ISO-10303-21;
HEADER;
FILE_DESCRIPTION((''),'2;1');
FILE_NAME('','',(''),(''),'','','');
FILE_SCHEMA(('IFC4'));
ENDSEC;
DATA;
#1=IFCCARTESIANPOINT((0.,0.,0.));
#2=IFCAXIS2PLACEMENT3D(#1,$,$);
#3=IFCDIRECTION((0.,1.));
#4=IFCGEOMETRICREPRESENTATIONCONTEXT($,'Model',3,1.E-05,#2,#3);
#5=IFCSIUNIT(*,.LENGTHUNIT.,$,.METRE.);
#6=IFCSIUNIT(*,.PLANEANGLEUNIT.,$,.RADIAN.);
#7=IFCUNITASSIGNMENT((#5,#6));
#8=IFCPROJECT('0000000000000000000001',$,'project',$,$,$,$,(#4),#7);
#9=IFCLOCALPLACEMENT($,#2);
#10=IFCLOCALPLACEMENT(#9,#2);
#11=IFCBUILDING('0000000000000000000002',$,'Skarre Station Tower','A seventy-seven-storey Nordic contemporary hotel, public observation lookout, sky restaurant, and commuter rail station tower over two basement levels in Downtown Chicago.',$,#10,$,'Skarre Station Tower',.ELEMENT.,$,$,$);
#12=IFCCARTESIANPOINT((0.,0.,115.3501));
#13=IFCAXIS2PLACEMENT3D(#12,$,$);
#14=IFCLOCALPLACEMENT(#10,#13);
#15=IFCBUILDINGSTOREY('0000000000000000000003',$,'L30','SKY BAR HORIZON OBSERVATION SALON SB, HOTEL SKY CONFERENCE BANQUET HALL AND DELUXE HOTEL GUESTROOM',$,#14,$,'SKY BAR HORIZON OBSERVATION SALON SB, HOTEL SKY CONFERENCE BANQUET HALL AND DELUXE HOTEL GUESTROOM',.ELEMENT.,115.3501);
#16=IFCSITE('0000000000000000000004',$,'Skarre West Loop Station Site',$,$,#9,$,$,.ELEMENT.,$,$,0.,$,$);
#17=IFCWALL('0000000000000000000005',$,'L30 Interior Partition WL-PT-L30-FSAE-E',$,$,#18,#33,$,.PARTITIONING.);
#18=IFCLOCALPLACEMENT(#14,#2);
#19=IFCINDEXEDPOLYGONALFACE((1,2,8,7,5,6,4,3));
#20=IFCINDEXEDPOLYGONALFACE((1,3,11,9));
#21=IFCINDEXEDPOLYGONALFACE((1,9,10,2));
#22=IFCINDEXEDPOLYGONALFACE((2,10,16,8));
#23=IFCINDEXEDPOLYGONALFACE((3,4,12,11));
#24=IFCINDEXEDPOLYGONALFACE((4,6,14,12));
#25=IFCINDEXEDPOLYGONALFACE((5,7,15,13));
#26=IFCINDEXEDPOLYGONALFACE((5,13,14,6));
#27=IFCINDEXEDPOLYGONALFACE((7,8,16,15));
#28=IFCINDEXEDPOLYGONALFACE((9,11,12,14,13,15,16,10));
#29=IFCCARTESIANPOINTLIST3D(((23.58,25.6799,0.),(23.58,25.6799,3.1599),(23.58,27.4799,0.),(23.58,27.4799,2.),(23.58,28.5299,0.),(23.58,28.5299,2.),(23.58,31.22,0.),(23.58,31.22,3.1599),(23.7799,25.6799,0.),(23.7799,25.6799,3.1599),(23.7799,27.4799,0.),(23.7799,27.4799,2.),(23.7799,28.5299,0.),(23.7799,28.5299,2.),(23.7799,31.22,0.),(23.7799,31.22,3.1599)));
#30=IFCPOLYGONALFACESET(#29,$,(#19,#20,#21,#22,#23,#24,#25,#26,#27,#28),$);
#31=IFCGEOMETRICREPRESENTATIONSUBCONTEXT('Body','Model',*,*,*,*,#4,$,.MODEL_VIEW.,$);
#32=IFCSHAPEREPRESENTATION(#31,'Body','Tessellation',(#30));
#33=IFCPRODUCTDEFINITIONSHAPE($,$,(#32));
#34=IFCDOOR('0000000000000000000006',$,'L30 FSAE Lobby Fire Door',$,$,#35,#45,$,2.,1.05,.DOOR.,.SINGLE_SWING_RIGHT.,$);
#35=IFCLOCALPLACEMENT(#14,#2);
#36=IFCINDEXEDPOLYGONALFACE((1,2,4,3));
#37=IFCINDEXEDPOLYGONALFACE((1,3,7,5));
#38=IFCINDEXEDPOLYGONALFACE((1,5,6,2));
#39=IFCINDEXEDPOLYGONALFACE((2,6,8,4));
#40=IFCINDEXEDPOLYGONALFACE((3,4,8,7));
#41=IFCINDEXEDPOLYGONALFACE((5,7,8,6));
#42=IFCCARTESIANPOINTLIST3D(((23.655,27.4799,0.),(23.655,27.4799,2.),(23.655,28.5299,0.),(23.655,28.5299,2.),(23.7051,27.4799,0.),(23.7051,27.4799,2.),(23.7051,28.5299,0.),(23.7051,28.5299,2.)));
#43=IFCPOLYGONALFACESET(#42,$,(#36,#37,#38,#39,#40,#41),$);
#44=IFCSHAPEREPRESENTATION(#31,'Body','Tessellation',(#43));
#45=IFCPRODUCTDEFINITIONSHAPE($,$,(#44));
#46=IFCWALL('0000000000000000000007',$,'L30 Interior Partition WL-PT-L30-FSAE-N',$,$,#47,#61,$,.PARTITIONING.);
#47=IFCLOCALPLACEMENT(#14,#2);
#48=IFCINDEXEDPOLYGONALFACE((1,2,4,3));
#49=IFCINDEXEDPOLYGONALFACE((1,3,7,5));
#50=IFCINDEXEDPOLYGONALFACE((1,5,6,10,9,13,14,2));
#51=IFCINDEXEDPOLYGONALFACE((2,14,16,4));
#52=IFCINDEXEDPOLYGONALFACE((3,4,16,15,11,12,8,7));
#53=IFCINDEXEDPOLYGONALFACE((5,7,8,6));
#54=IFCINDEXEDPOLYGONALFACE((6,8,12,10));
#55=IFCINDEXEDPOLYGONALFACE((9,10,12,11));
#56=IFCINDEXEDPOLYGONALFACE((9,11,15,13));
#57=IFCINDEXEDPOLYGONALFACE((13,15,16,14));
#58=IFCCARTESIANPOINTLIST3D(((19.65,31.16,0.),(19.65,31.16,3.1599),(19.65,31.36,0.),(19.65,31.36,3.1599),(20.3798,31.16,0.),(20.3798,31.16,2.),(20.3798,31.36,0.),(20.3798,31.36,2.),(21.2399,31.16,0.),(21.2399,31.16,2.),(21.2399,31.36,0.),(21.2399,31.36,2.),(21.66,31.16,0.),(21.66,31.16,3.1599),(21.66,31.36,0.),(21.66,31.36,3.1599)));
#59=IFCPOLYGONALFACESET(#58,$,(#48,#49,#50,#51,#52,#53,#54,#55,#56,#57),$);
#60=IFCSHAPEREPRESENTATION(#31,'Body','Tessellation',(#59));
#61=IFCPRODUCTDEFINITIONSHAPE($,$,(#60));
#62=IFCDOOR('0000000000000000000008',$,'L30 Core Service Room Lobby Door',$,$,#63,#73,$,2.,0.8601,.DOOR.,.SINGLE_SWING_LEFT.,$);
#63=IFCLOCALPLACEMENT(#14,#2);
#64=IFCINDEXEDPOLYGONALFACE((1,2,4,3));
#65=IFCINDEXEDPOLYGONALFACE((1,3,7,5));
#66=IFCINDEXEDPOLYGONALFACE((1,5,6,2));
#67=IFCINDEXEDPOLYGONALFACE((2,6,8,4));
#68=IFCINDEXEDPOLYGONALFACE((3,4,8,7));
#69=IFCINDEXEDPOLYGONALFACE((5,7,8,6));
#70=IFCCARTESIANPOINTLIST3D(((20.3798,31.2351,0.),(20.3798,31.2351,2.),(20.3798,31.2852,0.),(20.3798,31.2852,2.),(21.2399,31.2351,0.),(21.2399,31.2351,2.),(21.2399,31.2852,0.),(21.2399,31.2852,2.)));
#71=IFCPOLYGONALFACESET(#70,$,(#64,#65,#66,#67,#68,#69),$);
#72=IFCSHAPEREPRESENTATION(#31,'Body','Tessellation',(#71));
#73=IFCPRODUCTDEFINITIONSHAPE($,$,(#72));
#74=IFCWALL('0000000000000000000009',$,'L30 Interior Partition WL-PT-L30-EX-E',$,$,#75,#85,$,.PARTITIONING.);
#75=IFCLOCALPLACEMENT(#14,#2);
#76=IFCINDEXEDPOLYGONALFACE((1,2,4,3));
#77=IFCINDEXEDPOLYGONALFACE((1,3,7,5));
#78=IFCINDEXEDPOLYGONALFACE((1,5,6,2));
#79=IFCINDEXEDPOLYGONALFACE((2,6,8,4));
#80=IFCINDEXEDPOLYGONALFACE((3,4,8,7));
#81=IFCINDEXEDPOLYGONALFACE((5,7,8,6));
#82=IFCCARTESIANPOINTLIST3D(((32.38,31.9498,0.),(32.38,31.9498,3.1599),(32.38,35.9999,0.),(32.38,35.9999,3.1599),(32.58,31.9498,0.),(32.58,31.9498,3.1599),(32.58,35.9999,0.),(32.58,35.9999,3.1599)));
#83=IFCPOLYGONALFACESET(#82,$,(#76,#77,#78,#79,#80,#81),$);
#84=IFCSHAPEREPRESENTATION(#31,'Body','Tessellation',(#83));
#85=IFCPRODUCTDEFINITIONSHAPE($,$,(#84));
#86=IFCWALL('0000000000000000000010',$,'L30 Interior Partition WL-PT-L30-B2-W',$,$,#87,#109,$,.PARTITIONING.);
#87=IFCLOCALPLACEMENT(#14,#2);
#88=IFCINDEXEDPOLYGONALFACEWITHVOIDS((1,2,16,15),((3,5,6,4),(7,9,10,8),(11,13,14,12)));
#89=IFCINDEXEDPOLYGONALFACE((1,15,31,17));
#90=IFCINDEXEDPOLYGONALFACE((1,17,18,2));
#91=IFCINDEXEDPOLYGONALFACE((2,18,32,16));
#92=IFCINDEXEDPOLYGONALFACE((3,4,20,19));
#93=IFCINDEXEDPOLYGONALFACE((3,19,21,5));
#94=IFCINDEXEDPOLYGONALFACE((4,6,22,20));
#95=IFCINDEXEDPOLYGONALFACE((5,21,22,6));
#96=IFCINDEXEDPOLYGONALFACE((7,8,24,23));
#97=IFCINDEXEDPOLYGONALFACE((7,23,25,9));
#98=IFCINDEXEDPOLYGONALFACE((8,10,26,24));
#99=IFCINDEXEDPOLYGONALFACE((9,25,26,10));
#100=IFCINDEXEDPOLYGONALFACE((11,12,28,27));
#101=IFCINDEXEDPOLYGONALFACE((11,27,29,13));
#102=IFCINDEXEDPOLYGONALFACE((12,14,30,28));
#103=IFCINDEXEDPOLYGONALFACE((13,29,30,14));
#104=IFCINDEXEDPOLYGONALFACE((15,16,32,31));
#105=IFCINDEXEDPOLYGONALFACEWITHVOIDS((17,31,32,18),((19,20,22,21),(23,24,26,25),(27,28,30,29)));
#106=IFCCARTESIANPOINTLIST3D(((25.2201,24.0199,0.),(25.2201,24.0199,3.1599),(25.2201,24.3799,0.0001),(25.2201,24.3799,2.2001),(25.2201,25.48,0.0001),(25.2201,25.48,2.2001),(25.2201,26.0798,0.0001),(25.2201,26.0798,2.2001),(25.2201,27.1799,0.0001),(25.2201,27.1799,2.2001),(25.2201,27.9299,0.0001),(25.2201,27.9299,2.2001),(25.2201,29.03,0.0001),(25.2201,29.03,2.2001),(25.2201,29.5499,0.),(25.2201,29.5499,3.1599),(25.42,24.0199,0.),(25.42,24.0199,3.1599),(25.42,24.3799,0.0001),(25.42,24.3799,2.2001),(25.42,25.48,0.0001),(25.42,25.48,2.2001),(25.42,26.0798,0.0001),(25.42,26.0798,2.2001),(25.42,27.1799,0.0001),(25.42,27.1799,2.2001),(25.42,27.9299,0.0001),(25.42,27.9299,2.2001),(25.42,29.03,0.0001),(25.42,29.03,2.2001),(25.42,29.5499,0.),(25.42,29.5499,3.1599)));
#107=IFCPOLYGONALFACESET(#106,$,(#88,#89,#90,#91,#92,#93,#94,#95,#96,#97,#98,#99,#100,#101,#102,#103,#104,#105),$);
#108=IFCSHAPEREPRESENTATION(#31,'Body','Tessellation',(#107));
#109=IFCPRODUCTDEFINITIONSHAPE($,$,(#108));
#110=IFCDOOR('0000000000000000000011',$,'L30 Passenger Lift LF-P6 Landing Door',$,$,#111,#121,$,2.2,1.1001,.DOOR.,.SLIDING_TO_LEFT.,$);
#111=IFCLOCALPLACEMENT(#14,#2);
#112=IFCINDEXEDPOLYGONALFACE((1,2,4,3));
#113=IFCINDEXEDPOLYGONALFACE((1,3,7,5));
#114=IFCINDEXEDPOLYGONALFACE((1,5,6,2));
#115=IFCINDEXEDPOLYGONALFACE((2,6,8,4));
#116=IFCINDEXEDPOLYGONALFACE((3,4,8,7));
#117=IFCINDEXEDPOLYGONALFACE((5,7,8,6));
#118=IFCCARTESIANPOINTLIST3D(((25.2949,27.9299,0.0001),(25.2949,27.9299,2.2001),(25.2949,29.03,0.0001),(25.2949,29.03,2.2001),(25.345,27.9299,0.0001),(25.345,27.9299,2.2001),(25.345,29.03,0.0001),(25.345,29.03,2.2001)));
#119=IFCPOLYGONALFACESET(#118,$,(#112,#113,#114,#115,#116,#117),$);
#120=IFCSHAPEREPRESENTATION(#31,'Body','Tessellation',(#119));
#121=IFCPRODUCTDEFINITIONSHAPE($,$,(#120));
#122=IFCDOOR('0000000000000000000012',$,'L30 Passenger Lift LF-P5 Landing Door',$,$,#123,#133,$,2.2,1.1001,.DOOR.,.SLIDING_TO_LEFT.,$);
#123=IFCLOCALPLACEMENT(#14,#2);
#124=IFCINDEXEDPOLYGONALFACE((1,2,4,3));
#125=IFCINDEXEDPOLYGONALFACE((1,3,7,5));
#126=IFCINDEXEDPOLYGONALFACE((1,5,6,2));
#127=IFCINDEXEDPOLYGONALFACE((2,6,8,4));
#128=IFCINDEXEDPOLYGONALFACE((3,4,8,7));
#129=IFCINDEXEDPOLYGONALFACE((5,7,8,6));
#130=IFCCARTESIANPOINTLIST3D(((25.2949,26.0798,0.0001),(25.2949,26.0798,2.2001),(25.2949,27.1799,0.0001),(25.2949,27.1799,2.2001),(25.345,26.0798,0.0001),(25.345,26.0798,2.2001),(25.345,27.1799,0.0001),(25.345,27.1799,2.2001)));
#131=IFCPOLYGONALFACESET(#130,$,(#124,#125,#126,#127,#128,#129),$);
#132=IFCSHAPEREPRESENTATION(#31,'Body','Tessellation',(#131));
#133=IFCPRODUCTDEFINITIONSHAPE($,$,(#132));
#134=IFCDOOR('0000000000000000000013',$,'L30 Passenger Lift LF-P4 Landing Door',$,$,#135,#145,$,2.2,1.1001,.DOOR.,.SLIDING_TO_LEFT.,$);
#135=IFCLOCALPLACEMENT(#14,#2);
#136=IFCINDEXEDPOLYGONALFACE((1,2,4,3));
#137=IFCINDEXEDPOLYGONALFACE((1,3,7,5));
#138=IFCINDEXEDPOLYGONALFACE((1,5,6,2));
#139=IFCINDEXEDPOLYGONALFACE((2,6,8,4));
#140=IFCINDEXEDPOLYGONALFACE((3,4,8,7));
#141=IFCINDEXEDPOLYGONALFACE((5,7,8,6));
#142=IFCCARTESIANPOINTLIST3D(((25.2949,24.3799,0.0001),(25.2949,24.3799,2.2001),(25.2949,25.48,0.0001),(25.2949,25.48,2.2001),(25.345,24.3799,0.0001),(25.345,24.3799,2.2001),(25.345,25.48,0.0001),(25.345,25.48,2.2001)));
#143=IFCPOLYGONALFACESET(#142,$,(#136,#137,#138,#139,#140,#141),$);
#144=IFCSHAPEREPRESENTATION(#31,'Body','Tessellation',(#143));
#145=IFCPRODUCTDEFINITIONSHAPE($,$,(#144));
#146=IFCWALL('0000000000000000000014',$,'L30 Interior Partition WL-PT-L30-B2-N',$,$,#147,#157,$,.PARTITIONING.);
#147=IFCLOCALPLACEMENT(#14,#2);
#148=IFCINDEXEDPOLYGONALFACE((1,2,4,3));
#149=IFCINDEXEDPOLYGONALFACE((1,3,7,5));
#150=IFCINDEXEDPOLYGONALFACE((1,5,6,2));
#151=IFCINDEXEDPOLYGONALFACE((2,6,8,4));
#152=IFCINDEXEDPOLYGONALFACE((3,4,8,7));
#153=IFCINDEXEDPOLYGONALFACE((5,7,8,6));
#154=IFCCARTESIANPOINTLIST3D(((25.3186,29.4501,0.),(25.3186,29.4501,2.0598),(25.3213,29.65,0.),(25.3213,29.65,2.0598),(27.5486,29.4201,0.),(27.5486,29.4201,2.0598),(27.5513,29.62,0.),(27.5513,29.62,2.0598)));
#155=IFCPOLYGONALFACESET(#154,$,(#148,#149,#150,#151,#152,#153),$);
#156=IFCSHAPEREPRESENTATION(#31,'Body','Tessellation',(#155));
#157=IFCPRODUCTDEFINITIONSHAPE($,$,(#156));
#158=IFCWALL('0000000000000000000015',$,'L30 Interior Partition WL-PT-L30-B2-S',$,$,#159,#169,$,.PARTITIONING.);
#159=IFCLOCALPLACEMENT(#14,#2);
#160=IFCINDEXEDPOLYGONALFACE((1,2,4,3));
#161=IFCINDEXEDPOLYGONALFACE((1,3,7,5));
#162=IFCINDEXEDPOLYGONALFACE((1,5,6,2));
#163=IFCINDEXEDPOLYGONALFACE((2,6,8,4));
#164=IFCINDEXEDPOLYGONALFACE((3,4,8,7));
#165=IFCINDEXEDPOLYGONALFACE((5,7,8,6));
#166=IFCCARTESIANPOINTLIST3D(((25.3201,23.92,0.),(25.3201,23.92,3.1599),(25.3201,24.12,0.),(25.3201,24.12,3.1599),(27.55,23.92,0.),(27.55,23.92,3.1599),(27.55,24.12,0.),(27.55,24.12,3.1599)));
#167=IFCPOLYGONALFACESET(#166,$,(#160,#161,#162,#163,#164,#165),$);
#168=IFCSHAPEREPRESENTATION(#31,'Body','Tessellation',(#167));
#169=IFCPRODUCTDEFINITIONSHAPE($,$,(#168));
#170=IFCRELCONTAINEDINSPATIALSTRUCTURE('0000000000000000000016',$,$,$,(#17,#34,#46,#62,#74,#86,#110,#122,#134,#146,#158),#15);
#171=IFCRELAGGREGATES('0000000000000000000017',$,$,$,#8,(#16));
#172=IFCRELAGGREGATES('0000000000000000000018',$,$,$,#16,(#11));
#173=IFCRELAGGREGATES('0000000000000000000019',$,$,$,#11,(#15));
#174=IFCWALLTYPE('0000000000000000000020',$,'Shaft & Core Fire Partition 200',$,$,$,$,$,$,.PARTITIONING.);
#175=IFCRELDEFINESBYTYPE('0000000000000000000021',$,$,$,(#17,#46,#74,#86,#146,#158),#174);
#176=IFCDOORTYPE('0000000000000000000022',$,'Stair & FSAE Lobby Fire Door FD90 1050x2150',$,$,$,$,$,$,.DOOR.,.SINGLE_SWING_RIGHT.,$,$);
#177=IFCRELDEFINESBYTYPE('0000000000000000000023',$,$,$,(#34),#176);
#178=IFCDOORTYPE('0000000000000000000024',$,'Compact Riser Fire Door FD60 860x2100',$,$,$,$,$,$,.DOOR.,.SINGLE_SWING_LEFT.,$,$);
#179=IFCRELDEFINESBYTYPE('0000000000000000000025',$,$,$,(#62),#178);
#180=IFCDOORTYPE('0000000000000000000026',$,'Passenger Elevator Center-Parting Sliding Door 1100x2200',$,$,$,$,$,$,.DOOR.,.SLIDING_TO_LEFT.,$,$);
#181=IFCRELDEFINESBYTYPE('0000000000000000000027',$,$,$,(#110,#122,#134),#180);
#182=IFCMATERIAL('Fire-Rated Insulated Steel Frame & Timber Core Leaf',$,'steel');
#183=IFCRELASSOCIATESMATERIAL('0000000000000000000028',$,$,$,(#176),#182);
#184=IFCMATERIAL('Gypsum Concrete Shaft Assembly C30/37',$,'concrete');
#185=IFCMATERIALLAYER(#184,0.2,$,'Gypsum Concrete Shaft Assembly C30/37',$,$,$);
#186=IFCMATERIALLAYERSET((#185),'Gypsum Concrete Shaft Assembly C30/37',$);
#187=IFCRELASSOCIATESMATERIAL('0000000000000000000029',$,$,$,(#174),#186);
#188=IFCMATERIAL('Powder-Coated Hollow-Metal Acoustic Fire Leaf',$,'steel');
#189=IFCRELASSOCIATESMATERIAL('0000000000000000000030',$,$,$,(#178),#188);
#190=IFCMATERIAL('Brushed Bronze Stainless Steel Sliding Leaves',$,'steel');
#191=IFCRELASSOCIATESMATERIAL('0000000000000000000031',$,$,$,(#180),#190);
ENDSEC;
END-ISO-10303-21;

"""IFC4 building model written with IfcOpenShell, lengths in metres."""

from ifc_helpers import new_model, si_unit, direction, frame, frame_2d, origin, place, context, subcontext, project, spatial, rectangle, extrude, material, layer, layer_set, type_object, element, fill, save


model = new_model("IFC4")

# Units and contexts
model_context = context("Model", 3, precision=1e-05, world=origin(), true_north=direction((0.0, 1.0)))
body_context = subcontext(model_context, "Body", "Model", "MODEL_VIEW")
ifc_project = project(units=[si_unit("LENGTHUNIT", "METRE"), si_unit("PLANEANGLEUNIT", "RADIAN")], contexts=[model_context])

# Site, building, storey
site_placement = place(None, origin())
site = spatial("IfcSite", under=ifc_project, at=site_placement, Name="Skarre West Loop Station Site", CompositionType="ELEMENT", RefElevation=0.0)
building_placement = place(site_placement, origin())
building = spatial("IfcBuilding", under=site, at=building_placement, Name="Skarre Station Tower", Description="A seventy-seven-storey Nordic contemporary hotel, public observation lookout, sky restaurant, and commuter rail station tower over two basement levels in Downtown Chicago.", LongName="Skarre Station Tower", CompositionType="ELEMENT")
storey_placement = place(building_placement, frame((0.0, 0.0, 115.3501)))
storey = spatial("IfcBuildingStorey", under=building, at=storey_placement, Name="L30", Description="SKY BAR HORIZON OBSERVATION SALON SB, HOTEL SKY CONFERENCE BANQUET HALL AND DELUXE HOTEL GUESTROOM", LongName="SKY BAR HORIZON OBSERVATION SALON SB, HOTEL SKY CONFERENCE BANQUET HALL AND DELUXE HOTEL GUESTROOM", CompositionType="ELEMENT", Elevation=115.3501)

# Shared definitions
ifc_material_1 = material(Name="Powder-Coated Hollow-Metal Acoustic Fire Leaf", Category="steel")
ifc_material_2 = material(Name="Fire-Rated Insulated Steel Frame & Timber Core Leaf", Category="steel")
door_type_1 = type_object("IfcDoorType", Name="Stair & FSAE Lobby Fire Door FD90 1050x2150", OperationType="SINGLE_SWING_RIGHT", PredefinedType="DOOR", material=ifc_material_2)

# Walls, openings, doors
ifc_material_3 = material(Name="Gypsum Concrete Shaft Assembly C30/37", Category="concrete")
ifc_layer_1 = layer(ifc_material_3, 0.2, Name="Gypsum Concrete Shaft Assembly C30/37")
ifc_layer_set_1 = layer_set([ifc_layer_1], Name="Gypsum Concrete Shaft Assembly C30/37")
wall_type_1 = type_object("IfcWallType", Name="Shaft & Core Fire Partition 200", PredefinedType="PARTITIONING", material=ifc_layer_set_1)
wall_1_placement = place(storey_placement, frame((23.6799, 25.6799, 0.0), z_axis=(0.0, 0.0, 1.0), x_axis=(0.0, 1.0, 0.0)))
wall_1 = element("IfcWall", 1, at=wall_1_placement, inside=storey, type_object=wall_type_1, Name="L30 Interior Partition WL-PT-L30-FSAE-E", PredefinedType="PARTITIONING", context=body_context, shape_type="SweptSolid", body=[
    extrude(rectangle(XDim=5.54, YDim=0.2, at=frame_2d((2.77, 0.0))), origin(), (0.0, 0.0, 1.0), 3.1599),
])
opening_1_placement = place(wall_1_placement, frame((1.8, 0.0, 0.0)))
opening_1 = element("IfcOpeningElement", 2, at=opening_1_placement, cuts=wall_1, PredefinedType="OPENING", context=body_context, shape_type="SweptSolid", body=[
    extrude(rectangle(XDim=1.05, YDim=2.0, at=frame_2d((0.5249, 1.0))), frame((0.0, 0.1099, 0.0), z_axis=(0.0, -1.0, 0.0), x_axis=(1.0, 0.0, 0.0)), (0.0, 0.0, 1.0), 0.22),
])
door_1_placement = place(opening_1_placement, origin())
door_1 = element("IfcDoor", 3, at=door_1_placement, inside=storey, type_object=door_type_1, Name="L30 FSAE Lobby Fire Door", OperationType="SINGLE_SWING_RIGHT", OverallHeight=2.0, OverallWidth=1.05, PredefinedType="DOOR", context=body_context, shape_type="SweptSolid", body=[
    extrude(rectangle(XDim=1.05, YDim=2.0, at=frame_2d((0.5249, 1.0))), frame((0.0, 0.0249, 0.0), z_axis=(0.0, -1.0, 0.0), x_axis=(1.0, 0.0, 0.0)), (0.0, 0.0, 1.0), 0.05),
])
fill(opening_1, door_1)
wall_2_placement = place(storey_placement, frame((21.6599, 31.26, 0.0), z_axis=(0.0, 0.0, 1.0), x_axis=(-1.0, 0.0, 0.0)))
wall_2 = element("IfcWall", 4, at=wall_2_placement, inside=storey, type_object=wall_type_1, Name="L30 Interior Partition WL-PT-L30-FSAE-N", PredefinedType="PARTITIONING", context=body_context, shape_type="SweptSolid", body=[
    extrude(rectangle(XDim=2.01, YDim=0.2, at=frame_2d((1.0049, 0.0))), origin(), (0.0, 0.0, 1.0), 3.1599),
])
opening_2_placement = place(wall_2_placement, frame((0.4199, 0.0, 0.0)))
opening_2 = element("IfcOpeningElement", 5, at=opening_2_placement, cuts=wall_2, PredefinedType="OPENING", context=body_context, shape_type="SweptSolid", body=[
    extrude(rectangle(XDim=0.8601, YDim=2.0, at=frame_2d((0.4302, 1.0))), frame((0.0, 0.1099, 0.0), z_axis=(0.0, -1.0, 0.0), x_axis=(1.0, 0.0, 0.0)), (0.0, 0.0, 1.0), 0.22),
])
door_type_2 = type_object("IfcDoorType", Name="Compact Riser Fire Door FD60 860x2100", OperationType="SINGLE_SWING_LEFT", PredefinedType="DOOR", material=ifc_material_1)
door_2_placement = place(opening_2_placement, origin())
door_2 = element("IfcDoor", 6, at=door_2_placement, inside=storey, type_object=door_type_2, Name="L30 Core Service Room Lobby Door", OperationType="SINGLE_SWING_LEFT", OverallHeight=2.0, OverallWidth=0.8601, PredefinedType="DOOR", context=body_context, shape_type="SweptSolid", body=[
    extrude(rectangle(XDim=0.8601, YDim=2.0, at=frame_2d((0.4302, 1.0))), frame((0.0, 0.0249, 0.0), z_axis=(0.0, -1.0, 0.0), x_axis=(1.0, 0.0, 0.0)), (0.0, 0.0, 1.0), 0.05),
])
fill(opening_2, door_2)

# Wall
wall_3_placement = place(storey_placement, frame((32.48, 31.95, 0.0), z_axis=(0.0, 0.0, 1.0), x_axis=(0.0, 1.0, 0.0)))
element("IfcWall", 7, at=wall_3_placement, inside=storey, type_object=wall_type_1, Name="L30 Interior Partition WL-PT-L30-EX-E", PredefinedType="PARTITIONING", context=body_context, shape_type="SweptSolid", body=[
    extrude(rectangle(XDim=4.05, YDim=0.2, at=frame_2d((2.0249, 0.0))), origin(), (0.0, 0.0, 1.0), 3.1599),
])

# Wall, openings, doors
wall_4_placement = place(storey_placement, frame((25.3201, 29.55, 0.0), z_axis=(0.0, 0.0, 1.0), x_axis=(0.0, -1.0, 0.0)))
wall_4 = element("IfcWall", 8, at=wall_4_placement, inside=storey, type_object=wall_type_1, Name="L30 Interior Partition WL-PT-L30-B2-W", PredefinedType="PARTITIONING", context=body_context, shape_type="SweptSolid", body=[
    extrude(rectangle(XDim=5.53, YDim=0.2, at=frame_2d((2.7651, 0.0))), origin(), (0.0, 0.0, 1.0), 3.1599),
])
opening_3_placement = place(wall_4_placement, frame((0.52, 0.0, 0.0)))
opening_3 = element("IfcOpeningElement", 9, at=opening_3_placement, cuts=wall_4, PredefinedType="OPENING", context=body_context, shape_type="SweptSolid", body=[
    extrude(rectangle(XDim=1.1001, YDim=2.2, at=frame_2d((0.55, 1.1001))), frame((0.0, 0.1099, 0.0), z_axis=(0.0, -1.0, 0.0), x_axis=(1.0, 0.0, 0.0)), (0.0, 0.0, 1.0), 0.22),
])
opening_4_placement = place(wall_4_placement, frame((2.3701, 0.0, 0.0)))
opening_4 = element("IfcOpeningElement", 10, at=opening_4_placement, cuts=wall_4, PredefinedType="OPENING", context=body_context, shape_type="SweptSolid", body=[
    extrude(rectangle(XDim=1.1001, YDim=2.2, at=frame_2d((0.55, 1.1001))), frame((0.0, 0.1099, 0.0), z_axis=(0.0, -1.0, 0.0), x_axis=(1.0, 0.0, 0.0)), (0.0, 0.0, 1.0), 0.22),
])
opening_5_placement = place(wall_4_placement, frame((4.0701, 0.0, 0.0)))
opening_5 = element("IfcOpeningElement", 11, at=opening_5_placement, cuts=wall_4, PredefinedType="OPENING", context=body_context, shape_type="SweptSolid", body=[
    extrude(rectangle(XDim=1.1001, YDim=2.2, at=frame_2d((0.55, 1.1001))), frame((0.0, 0.1099, 0.0), z_axis=(0.0, -1.0, 0.0), x_axis=(1.0, 0.0, 0.0)), (0.0, 0.0, 1.0), 0.22),
])
ifc_material_4 = material(Name="Brushed Bronze Stainless Steel Sliding Leaves", Category="steel")
door_type_3 = type_object("IfcDoorType", Name="Passenger Elevator Center-Parting Sliding Door 1100x2200", OperationType="SLIDING_TO_LEFT", PredefinedType="DOOR", material=ifc_material_4)
door_3_placement = place(opening_3_placement, origin())
door_3 = element("IfcDoor", 12, at=door_3_placement, inside=storey, type_object=door_type_3, Name="L30 Passenger Lift LF-P6 Landing Door", OperationType="SLIDING_TO_LEFT", OverallHeight=2.2, OverallWidth=1.1001, PredefinedType="DOOR", context=body_context, shape_type="SweptSolid", body=[
    extrude(rectangle(XDim=1.1001, YDim=2.2, at=frame_2d((0.55, 1.1001))), frame((0.0, 0.0249, 0.0), z_axis=(0.0, -1.0, 0.0), x_axis=(1.0, 0.0, 0.0)), (0.0, 0.0, 1.0), 0.05),
])
fill(opening_3, door_3)
door_4_placement = place(opening_4_placement, origin())
door_4 = element("IfcDoor", 13, at=door_4_placement, inside=storey, type_object=door_type_3, Name="L30 Passenger Lift LF-P5 Landing Door", OperationType="SLIDING_TO_LEFT", OverallHeight=2.2, OverallWidth=1.1001, PredefinedType="DOOR", context=body_context, shape_type="SweptSolid", body=[
    extrude(rectangle(XDim=1.1001, YDim=2.2, at=frame_2d((0.55, 1.1001))), frame((0.0, 0.0249, 0.0), z_axis=(0.0, -1.0, 0.0), x_axis=(1.0, 0.0, 0.0)), (0.0, 0.0, 1.0), 0.05),
])
fill(opening_4, door_4)
door_5_placement = place(opening_5_placement, origin())
door_5 = element("IfcDoor", 14, at=door_5_placement, inside=storey, type_object=door_type_3, Name="L30 Passenger Lift LF-P4 Landing Door", OperationType="SLIDING_TO_LEFT", OverallHeight=2.2, OverallWidth=1.1001, PredefinedType="DOOR", context=body_context, shape_type="SweptSolid", body=[
    extrude(rectangle(XDim=1.1001, YDim=2.2, at=frame_2d((0.55, 1.1001))), frame((0.0, 0.0249, 0.0), z_axis=(0.0, -1.0, 0.0), x_axis=(1.0, 0.0, 0.0)), (0.0, 0.0, 1.0), 0.05),
])
fill(opening_5, door_5)

# Walls
wall_5_placement = place(storey_placement, frame((27.55, 29.52, 0.0), z_axis=(0.0, 0.0, 1.0), x_axis=(-0.999909, 0.013465, 0.0)))
element("IfcWall", 15, at=wall_5_placement, inside=storey, type_object=wall_type_1, Name="L30 Interior Partition WL-PT-L30-B2-N", PredefinedType="PARTITIONING", context=body_context, shape_type="SweptSolid", body=[
    extrude(rectangle(XDim=2.2302, YDim=0.2, at=frame_2d((1.1152, 0.0))), origin(), (0.0, 0.0, 1.0), 2.0598),
])
wall_6_placement = place(storey_placement, frame((25.3201, 24.02, 0.0), z_axis=(0.0, 0.0, 1.0), x_axis=(1.0, 0.0, 0.0)))
element("IfcWall", 16, at=wall_6_placement, inside=storey, type_object=wall_type_1, Name="L30 Interior Partition WL-PT-L30-B2-S", PredefinedType="PARTITIONING", context=body_context, shape_type="SweptSolid", body=[
    extrude(rectangle(XDim=2.23, YDim=0.2, at=frame_2d((1.115, 0.0))), origin(), (0.0, 0.0, 1.0), 3.1599),
])

save(model, "model.ifc")
